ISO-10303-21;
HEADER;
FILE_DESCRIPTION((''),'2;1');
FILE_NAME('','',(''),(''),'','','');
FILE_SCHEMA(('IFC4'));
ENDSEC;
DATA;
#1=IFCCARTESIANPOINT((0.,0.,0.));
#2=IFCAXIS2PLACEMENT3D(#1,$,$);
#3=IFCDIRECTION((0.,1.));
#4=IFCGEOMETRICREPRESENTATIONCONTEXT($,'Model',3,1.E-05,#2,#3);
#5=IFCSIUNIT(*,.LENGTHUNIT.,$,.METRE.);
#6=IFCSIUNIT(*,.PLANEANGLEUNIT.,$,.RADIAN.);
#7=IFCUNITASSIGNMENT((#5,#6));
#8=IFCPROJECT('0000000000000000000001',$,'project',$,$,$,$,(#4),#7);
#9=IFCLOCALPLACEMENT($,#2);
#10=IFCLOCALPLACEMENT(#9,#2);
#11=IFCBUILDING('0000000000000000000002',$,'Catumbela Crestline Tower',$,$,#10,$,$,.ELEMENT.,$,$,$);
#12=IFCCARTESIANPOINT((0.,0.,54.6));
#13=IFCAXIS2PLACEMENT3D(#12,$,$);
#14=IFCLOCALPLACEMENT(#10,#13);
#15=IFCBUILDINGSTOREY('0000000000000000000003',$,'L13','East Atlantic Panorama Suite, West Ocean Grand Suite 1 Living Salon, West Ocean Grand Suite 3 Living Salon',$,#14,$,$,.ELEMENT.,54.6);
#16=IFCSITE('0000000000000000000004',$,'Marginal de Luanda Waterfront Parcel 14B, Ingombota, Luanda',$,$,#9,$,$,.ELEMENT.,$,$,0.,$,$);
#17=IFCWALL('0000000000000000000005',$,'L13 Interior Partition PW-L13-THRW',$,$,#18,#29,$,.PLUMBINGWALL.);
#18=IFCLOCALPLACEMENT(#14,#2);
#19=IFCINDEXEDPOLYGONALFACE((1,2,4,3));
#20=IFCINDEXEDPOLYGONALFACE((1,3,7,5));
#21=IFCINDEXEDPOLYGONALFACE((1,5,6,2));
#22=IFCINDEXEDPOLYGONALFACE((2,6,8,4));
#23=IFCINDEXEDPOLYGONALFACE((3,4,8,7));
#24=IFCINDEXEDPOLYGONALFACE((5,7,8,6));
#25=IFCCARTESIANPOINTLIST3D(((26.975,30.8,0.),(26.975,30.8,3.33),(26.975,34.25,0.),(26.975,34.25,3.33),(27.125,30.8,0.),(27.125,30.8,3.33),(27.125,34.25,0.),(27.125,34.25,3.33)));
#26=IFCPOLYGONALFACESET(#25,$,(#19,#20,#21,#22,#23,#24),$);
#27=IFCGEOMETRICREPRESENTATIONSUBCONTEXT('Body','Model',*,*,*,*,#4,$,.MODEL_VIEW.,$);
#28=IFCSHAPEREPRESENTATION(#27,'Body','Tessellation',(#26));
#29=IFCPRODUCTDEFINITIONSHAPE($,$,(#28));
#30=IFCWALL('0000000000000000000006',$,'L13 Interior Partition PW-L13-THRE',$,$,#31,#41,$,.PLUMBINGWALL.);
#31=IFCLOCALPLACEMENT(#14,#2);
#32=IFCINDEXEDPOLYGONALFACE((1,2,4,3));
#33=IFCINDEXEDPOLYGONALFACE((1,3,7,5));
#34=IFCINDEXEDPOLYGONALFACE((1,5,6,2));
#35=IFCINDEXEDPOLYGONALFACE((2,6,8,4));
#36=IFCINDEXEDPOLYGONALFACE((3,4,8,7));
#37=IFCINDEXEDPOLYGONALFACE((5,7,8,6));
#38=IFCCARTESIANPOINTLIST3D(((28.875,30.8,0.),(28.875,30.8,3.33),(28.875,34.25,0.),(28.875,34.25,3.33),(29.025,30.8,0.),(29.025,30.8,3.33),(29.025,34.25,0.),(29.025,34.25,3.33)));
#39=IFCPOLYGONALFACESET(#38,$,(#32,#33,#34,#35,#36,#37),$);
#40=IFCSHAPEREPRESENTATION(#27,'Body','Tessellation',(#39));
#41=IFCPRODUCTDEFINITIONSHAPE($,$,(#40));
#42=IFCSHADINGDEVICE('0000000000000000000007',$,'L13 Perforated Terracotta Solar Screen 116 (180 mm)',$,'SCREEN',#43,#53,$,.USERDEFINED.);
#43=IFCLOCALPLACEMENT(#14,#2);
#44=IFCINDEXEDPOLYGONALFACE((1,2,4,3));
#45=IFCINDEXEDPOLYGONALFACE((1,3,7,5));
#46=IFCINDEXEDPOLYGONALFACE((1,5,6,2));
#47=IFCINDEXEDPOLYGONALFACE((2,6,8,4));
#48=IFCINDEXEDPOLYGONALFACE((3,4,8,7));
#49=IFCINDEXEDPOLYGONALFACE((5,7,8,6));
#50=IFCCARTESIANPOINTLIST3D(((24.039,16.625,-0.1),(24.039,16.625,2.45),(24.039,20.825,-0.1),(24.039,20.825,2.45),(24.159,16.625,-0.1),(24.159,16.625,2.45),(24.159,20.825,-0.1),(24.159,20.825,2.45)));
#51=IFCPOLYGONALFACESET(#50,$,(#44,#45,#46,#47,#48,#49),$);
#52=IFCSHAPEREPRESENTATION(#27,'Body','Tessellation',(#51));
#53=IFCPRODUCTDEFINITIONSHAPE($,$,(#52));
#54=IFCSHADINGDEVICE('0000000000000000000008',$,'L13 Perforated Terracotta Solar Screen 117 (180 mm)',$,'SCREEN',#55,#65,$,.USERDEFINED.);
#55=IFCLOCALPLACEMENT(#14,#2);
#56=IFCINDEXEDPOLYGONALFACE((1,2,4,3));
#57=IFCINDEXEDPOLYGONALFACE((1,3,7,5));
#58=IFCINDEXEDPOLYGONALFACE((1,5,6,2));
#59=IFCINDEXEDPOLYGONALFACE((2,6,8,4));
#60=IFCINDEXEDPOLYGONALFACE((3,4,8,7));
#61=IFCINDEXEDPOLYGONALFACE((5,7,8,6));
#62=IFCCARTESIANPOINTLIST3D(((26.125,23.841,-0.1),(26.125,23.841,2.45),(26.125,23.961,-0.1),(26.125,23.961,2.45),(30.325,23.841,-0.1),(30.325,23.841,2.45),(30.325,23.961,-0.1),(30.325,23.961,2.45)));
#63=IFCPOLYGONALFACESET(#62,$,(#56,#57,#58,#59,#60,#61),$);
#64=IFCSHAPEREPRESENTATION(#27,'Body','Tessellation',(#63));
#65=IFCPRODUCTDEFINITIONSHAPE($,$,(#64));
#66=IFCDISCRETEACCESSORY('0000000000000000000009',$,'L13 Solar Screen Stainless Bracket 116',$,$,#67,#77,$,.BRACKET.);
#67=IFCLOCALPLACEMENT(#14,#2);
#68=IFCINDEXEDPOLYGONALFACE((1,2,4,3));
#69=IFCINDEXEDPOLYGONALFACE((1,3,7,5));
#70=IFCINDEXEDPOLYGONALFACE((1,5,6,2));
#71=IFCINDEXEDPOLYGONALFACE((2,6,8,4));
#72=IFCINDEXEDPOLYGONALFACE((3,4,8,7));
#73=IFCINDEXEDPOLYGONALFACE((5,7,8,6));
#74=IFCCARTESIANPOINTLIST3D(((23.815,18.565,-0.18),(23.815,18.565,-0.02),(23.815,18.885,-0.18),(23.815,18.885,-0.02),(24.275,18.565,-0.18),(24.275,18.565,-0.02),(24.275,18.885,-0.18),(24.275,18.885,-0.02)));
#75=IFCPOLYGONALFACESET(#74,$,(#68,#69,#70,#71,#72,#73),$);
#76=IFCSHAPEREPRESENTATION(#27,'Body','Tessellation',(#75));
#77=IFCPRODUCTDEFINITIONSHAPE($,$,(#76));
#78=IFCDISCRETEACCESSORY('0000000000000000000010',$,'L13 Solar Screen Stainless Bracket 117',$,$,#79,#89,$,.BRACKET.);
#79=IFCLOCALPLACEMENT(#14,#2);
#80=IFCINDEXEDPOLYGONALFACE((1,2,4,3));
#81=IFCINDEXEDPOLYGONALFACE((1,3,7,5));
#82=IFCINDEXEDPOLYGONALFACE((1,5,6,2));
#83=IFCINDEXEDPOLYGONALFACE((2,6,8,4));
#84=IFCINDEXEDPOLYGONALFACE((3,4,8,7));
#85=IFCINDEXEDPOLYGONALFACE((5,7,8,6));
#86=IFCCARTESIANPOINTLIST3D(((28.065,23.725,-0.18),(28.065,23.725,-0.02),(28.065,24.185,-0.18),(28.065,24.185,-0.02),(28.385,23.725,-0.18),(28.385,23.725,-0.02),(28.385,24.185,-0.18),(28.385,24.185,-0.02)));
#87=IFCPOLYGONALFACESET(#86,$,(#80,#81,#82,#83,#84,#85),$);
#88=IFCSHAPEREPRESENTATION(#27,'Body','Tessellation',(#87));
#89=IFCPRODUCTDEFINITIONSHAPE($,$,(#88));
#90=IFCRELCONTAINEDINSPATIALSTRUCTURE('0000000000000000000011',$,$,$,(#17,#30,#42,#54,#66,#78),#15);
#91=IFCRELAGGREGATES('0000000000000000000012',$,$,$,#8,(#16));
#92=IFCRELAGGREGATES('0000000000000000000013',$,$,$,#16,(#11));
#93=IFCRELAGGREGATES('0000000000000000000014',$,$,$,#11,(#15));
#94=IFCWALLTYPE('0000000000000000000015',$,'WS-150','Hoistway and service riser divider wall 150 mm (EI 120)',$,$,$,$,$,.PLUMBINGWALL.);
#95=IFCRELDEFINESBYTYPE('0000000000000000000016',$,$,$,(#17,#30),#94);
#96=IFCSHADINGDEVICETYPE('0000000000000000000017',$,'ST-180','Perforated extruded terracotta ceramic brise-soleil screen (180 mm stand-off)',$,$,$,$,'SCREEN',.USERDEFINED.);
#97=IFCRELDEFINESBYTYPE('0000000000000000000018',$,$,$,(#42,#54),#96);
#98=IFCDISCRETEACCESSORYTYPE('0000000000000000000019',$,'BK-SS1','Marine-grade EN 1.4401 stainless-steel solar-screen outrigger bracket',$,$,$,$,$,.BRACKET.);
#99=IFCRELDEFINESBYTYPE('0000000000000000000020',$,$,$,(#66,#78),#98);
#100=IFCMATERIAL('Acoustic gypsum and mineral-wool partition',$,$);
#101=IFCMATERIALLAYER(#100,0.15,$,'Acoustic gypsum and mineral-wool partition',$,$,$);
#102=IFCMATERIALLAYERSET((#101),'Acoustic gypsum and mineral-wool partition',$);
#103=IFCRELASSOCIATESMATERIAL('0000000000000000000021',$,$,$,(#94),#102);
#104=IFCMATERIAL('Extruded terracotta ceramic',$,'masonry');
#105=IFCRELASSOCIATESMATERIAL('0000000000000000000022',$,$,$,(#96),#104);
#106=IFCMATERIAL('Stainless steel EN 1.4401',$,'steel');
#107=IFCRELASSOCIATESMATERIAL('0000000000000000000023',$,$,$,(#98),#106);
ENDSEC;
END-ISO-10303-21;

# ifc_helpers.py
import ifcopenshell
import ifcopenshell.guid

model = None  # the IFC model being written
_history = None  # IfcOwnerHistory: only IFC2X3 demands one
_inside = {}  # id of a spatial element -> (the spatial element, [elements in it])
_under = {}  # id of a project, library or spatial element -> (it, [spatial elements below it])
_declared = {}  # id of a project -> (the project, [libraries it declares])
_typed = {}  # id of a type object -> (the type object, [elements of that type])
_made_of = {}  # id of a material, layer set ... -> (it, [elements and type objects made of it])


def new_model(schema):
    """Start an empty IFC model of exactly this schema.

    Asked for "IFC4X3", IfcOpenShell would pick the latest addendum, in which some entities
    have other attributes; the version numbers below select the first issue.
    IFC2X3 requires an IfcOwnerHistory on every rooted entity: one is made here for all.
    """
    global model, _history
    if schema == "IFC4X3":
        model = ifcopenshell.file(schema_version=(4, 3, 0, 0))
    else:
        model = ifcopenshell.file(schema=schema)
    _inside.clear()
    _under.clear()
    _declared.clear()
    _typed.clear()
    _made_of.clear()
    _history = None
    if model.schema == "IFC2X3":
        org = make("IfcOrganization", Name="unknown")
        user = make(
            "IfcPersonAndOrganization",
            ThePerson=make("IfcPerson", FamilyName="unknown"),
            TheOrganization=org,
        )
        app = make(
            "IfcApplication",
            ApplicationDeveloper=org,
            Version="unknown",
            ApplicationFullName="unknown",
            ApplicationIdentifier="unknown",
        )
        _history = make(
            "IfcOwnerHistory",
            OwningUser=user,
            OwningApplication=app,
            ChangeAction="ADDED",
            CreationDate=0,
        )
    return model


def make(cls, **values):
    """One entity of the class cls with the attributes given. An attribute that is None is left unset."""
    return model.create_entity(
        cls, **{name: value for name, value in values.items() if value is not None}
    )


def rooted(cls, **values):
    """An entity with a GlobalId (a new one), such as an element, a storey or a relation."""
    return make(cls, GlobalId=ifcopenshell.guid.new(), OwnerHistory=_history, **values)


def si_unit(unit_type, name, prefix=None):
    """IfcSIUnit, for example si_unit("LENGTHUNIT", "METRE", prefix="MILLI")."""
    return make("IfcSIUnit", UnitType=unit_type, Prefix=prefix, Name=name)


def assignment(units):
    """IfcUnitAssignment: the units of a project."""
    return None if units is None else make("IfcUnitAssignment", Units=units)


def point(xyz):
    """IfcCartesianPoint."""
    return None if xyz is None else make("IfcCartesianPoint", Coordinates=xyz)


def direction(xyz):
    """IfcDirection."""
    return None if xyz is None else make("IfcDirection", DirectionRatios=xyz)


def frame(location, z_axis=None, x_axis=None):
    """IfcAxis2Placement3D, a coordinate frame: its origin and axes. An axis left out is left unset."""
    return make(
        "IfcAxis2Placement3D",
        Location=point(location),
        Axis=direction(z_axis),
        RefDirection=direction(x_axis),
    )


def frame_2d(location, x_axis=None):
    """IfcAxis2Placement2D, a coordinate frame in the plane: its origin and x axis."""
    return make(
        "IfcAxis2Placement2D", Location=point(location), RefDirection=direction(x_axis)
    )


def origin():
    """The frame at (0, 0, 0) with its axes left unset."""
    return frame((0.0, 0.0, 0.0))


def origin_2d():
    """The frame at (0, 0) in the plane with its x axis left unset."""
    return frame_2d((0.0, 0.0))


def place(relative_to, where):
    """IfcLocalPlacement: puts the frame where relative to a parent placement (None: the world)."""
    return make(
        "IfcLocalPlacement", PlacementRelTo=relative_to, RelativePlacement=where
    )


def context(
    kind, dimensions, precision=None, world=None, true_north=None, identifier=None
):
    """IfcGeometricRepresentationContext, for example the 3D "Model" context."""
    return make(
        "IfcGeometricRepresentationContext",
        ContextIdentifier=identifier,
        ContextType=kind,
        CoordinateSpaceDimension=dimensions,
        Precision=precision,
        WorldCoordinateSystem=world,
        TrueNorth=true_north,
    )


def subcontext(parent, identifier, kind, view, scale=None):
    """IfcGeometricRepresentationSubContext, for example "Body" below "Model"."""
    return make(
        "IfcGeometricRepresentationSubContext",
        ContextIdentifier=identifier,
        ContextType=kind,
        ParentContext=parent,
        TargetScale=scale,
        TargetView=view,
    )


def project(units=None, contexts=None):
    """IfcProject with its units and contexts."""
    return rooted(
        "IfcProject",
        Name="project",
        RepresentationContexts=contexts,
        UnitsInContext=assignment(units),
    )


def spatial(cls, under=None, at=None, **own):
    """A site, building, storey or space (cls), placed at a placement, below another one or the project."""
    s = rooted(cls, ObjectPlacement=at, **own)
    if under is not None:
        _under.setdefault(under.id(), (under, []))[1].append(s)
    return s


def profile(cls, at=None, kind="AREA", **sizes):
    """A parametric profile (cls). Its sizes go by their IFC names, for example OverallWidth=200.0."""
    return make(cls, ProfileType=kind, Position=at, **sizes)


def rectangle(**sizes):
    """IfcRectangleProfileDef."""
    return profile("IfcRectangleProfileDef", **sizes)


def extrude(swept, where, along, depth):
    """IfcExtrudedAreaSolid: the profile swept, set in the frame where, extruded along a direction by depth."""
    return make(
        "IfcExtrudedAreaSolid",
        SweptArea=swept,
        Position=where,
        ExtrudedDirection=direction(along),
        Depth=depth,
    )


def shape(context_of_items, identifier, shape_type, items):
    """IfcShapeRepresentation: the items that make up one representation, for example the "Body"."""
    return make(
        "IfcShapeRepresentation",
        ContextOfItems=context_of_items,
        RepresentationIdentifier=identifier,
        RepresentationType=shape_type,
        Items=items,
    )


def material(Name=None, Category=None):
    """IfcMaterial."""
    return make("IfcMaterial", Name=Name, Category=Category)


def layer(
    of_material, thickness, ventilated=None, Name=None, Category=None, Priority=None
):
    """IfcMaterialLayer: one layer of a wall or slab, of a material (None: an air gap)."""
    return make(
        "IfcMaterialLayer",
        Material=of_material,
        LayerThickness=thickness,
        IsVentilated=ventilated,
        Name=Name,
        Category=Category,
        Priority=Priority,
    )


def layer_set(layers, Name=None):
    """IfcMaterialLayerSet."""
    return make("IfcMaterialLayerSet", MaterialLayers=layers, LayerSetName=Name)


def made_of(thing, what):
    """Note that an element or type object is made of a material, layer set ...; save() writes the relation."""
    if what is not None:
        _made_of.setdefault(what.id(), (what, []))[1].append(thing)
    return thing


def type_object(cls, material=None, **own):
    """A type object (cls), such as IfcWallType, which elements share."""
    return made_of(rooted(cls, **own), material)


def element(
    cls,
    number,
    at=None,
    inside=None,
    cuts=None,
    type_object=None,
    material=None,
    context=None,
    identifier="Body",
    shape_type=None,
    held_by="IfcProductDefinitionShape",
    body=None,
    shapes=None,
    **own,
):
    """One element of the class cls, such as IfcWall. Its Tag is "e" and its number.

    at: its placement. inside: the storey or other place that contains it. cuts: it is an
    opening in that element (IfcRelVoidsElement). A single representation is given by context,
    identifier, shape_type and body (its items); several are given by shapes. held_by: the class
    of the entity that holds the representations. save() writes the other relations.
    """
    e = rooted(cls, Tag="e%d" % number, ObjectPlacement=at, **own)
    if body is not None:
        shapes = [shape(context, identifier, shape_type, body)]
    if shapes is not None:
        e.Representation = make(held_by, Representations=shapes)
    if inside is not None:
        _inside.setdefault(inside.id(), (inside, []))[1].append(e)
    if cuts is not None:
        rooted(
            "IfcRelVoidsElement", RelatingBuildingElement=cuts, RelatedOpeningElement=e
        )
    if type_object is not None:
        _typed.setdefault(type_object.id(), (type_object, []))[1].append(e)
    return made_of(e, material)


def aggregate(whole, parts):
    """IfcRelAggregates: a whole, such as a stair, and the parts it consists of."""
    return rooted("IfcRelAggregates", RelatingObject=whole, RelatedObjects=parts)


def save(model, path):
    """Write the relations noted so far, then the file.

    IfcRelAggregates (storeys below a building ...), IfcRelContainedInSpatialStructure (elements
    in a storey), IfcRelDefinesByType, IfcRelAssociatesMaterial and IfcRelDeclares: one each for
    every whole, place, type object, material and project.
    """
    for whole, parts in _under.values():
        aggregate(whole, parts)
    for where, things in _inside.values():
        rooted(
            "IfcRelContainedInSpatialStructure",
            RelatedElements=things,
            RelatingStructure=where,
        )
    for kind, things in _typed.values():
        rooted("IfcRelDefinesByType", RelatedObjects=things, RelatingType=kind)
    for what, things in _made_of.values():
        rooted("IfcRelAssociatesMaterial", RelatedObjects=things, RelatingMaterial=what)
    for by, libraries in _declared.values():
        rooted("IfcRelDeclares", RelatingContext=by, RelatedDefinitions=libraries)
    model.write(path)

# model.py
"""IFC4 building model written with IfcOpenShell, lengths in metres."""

from ifc_helpers import new_model, si_unit, direction, frame, frame_2d, origin, origin_2d, place, context, subcontext, project, spatial, rectangle, extrude, material, layer, layer_set, type_object, element, save


model = new_model("IFC4")

# Units and contexts
model_context = context("Model", 3, precision=1e-05, world=origin(), true_north=direction((0.0, 1.0)))
body_context = subcontext(model_context, "Body", "Model", "MODEL_VIEW")
ifc_project = project(units=[si_unit("LENGTHUNIT", "METRE"), si_unit("PLANEANGLEUNIT", "RADIAN")], contexts=[model_context])

# Site, building, storey
site_placement = place(None, origin())
site = spatial("IfcSite", under=ifc_project, at=site_placement, Name="Marginal de Luanda Waterfront Parcel 14B, Ingombota, Luanda", CompositionType="ELEMENT", RefElevation=0.0)
building_placement = place(site_placement, origin())
building = spatial("IfcBuilding", under=site, at=building_placement, Name="Catumbela Crestline Tower", CompositionType="ELEMENT")
storey_placement = place(building_placement, frame((0.0, 0.0, 54.6)))
storey = spatial("IfcBuildingStorey", under=building, at=storey_placement, Name="L13", Description="East Atlantic Panorama Suite, West Ocean Grand Suite 1 Living Salon, West Ocean Grand Suite 3 Living Salon", CompositionType="ELEMENT", Elevation=54.6)

# Shared definitions
ifc_material_1 = material(Name="Stainless steel EN 1.4401", Category="steel")
ifc_material_2 = material(Name="Acoustic gypsum and mineral-wool partition")

# Walls
ifc_layer_1 = layer(ifc_material_2, 0.15, Name="Acoustic gypsum and mineral-wool partition")
ifc_layer_set_1 = layer_set([ifc_layer_1], Name="Acoustic gypsum and mineral-wool partition")
wall_type_1 = type_object("IfcWallType", Name="WS-150", Description="Hoistway and service riser divider wall 150 mm (EI 120)", PredefinedType="PLUMBINGWALL", material=ifc_layer_set_1)
for number, where, z_axis, x_axis, name in (
    (1, (27.05, 30.8, 0.0), (0.0, 0.0, 1.0), (0.0, 1.0, 0.0), "L13 Interior Partition PW-L13-THRW"),
    (2, (28.95, 30.8, 0.0), (0.0, 0.0, 1.0), (0.0, 1.0, 0.0), "L13 Interior Partition PW-L13-THRE"),
):
    element("IfcWall", number, at=place(storey_placement, frame(where, z_axis=z_axis, x_axis=x_axis)), inside=storey, type_object=wall_type_1, Name=name, PredefinedType="PLUMBINGWALL", context=body_context, shape_type="SweptSolid", body=[
        extrude(rectangle(XDim=3.45, YDim=0.15, at=frame_2d((1.725, 0.0))), origin(), (0.0, 0.0, 1.0), 3.33),
    ])

# Shading devices
ifc_material_3 = material(Name="Extruded terracotta ceramic", Category="masonry")
shading_device_type = type_object("IfcShadingDeviceType", Name="ST-180", Description="Perforated extruded terracotta ceramic brise-soleil screen (180 mm stand-off)", ElementType="SCREEN", PredefinedType="USERDEFINED", material=ifc_material_3)
for number, where, z_axis, x_axis, name in (
    (3, (24.099, 18.725, -0.1), (0.0, 0.0, 1.0), (0.0, 1.0, 0.0), "L13 Perforated Terracotta Solar Screen 116 (180 mm)"),
    (4, (28.225, 23.901, -0.1), (0.0, 0.0, 1.0), (1.0, 0.0, 0.0), "L13 Perforated Terracotta Solar Screen 117 (180 mm)"),
):
    element("IfcShadingDevice", number, at=place(storey_placement, frame(where, z_axis=z_axis, x_axis=x_axis)), inside=storey, type_object=shading_device_type, Name=name, ObjectType="SCREEN", PredefinedType="USERDEFINED", context=body_context, shape_type="SweptSolid", body=[
        extrude(rectangle(XDim=4.2, YDim=0.12, at=origin_2d()), origin(), (0.0, 0.0, 1.0), 2.55),
    ])

# Discrete accessories
discrete_accessory_type = type_object("IfcDiscreteAccessoryType", Name="BK-SS1", Description="Marine-grade EN 1.4401 stainless-steel solar-screen outrigger bracket", PredefinedType="BRACKET", material=ifc_material_1)
for number, where, z_axis, x_axis, name in (
    (5, (24.045, 18.725, -0.18), (0.0, 0.0, 1.0), (0.0, 1.0, 0.0), "L13 Solar Screen Stainless Bracket 116"),
    (6, (28.225, 23.955, -0.18), (0.0, 0.0, 1.0), (1.0, 0.0, 0.0), "L13 Solar Screen Stainless Bracket 117"),
):
    element("IfcDiscreteAccessory", number, at=place(storey_placement, frame(where, z_axis=z_axis, x_axis=x_axis)), inside=storey, type_object=discrete_accessory_type, Name=name, PredefinedType="BRACKET", context=body_context, shape_type="SweptSolid", body=[
        extrude(rectangle(XDim=0.32, YDim=0.46, at=origin_2d()), origin(), (0.0, 0.0, 1.0), 0.16),
    ])

save(model, "model.ifc")
